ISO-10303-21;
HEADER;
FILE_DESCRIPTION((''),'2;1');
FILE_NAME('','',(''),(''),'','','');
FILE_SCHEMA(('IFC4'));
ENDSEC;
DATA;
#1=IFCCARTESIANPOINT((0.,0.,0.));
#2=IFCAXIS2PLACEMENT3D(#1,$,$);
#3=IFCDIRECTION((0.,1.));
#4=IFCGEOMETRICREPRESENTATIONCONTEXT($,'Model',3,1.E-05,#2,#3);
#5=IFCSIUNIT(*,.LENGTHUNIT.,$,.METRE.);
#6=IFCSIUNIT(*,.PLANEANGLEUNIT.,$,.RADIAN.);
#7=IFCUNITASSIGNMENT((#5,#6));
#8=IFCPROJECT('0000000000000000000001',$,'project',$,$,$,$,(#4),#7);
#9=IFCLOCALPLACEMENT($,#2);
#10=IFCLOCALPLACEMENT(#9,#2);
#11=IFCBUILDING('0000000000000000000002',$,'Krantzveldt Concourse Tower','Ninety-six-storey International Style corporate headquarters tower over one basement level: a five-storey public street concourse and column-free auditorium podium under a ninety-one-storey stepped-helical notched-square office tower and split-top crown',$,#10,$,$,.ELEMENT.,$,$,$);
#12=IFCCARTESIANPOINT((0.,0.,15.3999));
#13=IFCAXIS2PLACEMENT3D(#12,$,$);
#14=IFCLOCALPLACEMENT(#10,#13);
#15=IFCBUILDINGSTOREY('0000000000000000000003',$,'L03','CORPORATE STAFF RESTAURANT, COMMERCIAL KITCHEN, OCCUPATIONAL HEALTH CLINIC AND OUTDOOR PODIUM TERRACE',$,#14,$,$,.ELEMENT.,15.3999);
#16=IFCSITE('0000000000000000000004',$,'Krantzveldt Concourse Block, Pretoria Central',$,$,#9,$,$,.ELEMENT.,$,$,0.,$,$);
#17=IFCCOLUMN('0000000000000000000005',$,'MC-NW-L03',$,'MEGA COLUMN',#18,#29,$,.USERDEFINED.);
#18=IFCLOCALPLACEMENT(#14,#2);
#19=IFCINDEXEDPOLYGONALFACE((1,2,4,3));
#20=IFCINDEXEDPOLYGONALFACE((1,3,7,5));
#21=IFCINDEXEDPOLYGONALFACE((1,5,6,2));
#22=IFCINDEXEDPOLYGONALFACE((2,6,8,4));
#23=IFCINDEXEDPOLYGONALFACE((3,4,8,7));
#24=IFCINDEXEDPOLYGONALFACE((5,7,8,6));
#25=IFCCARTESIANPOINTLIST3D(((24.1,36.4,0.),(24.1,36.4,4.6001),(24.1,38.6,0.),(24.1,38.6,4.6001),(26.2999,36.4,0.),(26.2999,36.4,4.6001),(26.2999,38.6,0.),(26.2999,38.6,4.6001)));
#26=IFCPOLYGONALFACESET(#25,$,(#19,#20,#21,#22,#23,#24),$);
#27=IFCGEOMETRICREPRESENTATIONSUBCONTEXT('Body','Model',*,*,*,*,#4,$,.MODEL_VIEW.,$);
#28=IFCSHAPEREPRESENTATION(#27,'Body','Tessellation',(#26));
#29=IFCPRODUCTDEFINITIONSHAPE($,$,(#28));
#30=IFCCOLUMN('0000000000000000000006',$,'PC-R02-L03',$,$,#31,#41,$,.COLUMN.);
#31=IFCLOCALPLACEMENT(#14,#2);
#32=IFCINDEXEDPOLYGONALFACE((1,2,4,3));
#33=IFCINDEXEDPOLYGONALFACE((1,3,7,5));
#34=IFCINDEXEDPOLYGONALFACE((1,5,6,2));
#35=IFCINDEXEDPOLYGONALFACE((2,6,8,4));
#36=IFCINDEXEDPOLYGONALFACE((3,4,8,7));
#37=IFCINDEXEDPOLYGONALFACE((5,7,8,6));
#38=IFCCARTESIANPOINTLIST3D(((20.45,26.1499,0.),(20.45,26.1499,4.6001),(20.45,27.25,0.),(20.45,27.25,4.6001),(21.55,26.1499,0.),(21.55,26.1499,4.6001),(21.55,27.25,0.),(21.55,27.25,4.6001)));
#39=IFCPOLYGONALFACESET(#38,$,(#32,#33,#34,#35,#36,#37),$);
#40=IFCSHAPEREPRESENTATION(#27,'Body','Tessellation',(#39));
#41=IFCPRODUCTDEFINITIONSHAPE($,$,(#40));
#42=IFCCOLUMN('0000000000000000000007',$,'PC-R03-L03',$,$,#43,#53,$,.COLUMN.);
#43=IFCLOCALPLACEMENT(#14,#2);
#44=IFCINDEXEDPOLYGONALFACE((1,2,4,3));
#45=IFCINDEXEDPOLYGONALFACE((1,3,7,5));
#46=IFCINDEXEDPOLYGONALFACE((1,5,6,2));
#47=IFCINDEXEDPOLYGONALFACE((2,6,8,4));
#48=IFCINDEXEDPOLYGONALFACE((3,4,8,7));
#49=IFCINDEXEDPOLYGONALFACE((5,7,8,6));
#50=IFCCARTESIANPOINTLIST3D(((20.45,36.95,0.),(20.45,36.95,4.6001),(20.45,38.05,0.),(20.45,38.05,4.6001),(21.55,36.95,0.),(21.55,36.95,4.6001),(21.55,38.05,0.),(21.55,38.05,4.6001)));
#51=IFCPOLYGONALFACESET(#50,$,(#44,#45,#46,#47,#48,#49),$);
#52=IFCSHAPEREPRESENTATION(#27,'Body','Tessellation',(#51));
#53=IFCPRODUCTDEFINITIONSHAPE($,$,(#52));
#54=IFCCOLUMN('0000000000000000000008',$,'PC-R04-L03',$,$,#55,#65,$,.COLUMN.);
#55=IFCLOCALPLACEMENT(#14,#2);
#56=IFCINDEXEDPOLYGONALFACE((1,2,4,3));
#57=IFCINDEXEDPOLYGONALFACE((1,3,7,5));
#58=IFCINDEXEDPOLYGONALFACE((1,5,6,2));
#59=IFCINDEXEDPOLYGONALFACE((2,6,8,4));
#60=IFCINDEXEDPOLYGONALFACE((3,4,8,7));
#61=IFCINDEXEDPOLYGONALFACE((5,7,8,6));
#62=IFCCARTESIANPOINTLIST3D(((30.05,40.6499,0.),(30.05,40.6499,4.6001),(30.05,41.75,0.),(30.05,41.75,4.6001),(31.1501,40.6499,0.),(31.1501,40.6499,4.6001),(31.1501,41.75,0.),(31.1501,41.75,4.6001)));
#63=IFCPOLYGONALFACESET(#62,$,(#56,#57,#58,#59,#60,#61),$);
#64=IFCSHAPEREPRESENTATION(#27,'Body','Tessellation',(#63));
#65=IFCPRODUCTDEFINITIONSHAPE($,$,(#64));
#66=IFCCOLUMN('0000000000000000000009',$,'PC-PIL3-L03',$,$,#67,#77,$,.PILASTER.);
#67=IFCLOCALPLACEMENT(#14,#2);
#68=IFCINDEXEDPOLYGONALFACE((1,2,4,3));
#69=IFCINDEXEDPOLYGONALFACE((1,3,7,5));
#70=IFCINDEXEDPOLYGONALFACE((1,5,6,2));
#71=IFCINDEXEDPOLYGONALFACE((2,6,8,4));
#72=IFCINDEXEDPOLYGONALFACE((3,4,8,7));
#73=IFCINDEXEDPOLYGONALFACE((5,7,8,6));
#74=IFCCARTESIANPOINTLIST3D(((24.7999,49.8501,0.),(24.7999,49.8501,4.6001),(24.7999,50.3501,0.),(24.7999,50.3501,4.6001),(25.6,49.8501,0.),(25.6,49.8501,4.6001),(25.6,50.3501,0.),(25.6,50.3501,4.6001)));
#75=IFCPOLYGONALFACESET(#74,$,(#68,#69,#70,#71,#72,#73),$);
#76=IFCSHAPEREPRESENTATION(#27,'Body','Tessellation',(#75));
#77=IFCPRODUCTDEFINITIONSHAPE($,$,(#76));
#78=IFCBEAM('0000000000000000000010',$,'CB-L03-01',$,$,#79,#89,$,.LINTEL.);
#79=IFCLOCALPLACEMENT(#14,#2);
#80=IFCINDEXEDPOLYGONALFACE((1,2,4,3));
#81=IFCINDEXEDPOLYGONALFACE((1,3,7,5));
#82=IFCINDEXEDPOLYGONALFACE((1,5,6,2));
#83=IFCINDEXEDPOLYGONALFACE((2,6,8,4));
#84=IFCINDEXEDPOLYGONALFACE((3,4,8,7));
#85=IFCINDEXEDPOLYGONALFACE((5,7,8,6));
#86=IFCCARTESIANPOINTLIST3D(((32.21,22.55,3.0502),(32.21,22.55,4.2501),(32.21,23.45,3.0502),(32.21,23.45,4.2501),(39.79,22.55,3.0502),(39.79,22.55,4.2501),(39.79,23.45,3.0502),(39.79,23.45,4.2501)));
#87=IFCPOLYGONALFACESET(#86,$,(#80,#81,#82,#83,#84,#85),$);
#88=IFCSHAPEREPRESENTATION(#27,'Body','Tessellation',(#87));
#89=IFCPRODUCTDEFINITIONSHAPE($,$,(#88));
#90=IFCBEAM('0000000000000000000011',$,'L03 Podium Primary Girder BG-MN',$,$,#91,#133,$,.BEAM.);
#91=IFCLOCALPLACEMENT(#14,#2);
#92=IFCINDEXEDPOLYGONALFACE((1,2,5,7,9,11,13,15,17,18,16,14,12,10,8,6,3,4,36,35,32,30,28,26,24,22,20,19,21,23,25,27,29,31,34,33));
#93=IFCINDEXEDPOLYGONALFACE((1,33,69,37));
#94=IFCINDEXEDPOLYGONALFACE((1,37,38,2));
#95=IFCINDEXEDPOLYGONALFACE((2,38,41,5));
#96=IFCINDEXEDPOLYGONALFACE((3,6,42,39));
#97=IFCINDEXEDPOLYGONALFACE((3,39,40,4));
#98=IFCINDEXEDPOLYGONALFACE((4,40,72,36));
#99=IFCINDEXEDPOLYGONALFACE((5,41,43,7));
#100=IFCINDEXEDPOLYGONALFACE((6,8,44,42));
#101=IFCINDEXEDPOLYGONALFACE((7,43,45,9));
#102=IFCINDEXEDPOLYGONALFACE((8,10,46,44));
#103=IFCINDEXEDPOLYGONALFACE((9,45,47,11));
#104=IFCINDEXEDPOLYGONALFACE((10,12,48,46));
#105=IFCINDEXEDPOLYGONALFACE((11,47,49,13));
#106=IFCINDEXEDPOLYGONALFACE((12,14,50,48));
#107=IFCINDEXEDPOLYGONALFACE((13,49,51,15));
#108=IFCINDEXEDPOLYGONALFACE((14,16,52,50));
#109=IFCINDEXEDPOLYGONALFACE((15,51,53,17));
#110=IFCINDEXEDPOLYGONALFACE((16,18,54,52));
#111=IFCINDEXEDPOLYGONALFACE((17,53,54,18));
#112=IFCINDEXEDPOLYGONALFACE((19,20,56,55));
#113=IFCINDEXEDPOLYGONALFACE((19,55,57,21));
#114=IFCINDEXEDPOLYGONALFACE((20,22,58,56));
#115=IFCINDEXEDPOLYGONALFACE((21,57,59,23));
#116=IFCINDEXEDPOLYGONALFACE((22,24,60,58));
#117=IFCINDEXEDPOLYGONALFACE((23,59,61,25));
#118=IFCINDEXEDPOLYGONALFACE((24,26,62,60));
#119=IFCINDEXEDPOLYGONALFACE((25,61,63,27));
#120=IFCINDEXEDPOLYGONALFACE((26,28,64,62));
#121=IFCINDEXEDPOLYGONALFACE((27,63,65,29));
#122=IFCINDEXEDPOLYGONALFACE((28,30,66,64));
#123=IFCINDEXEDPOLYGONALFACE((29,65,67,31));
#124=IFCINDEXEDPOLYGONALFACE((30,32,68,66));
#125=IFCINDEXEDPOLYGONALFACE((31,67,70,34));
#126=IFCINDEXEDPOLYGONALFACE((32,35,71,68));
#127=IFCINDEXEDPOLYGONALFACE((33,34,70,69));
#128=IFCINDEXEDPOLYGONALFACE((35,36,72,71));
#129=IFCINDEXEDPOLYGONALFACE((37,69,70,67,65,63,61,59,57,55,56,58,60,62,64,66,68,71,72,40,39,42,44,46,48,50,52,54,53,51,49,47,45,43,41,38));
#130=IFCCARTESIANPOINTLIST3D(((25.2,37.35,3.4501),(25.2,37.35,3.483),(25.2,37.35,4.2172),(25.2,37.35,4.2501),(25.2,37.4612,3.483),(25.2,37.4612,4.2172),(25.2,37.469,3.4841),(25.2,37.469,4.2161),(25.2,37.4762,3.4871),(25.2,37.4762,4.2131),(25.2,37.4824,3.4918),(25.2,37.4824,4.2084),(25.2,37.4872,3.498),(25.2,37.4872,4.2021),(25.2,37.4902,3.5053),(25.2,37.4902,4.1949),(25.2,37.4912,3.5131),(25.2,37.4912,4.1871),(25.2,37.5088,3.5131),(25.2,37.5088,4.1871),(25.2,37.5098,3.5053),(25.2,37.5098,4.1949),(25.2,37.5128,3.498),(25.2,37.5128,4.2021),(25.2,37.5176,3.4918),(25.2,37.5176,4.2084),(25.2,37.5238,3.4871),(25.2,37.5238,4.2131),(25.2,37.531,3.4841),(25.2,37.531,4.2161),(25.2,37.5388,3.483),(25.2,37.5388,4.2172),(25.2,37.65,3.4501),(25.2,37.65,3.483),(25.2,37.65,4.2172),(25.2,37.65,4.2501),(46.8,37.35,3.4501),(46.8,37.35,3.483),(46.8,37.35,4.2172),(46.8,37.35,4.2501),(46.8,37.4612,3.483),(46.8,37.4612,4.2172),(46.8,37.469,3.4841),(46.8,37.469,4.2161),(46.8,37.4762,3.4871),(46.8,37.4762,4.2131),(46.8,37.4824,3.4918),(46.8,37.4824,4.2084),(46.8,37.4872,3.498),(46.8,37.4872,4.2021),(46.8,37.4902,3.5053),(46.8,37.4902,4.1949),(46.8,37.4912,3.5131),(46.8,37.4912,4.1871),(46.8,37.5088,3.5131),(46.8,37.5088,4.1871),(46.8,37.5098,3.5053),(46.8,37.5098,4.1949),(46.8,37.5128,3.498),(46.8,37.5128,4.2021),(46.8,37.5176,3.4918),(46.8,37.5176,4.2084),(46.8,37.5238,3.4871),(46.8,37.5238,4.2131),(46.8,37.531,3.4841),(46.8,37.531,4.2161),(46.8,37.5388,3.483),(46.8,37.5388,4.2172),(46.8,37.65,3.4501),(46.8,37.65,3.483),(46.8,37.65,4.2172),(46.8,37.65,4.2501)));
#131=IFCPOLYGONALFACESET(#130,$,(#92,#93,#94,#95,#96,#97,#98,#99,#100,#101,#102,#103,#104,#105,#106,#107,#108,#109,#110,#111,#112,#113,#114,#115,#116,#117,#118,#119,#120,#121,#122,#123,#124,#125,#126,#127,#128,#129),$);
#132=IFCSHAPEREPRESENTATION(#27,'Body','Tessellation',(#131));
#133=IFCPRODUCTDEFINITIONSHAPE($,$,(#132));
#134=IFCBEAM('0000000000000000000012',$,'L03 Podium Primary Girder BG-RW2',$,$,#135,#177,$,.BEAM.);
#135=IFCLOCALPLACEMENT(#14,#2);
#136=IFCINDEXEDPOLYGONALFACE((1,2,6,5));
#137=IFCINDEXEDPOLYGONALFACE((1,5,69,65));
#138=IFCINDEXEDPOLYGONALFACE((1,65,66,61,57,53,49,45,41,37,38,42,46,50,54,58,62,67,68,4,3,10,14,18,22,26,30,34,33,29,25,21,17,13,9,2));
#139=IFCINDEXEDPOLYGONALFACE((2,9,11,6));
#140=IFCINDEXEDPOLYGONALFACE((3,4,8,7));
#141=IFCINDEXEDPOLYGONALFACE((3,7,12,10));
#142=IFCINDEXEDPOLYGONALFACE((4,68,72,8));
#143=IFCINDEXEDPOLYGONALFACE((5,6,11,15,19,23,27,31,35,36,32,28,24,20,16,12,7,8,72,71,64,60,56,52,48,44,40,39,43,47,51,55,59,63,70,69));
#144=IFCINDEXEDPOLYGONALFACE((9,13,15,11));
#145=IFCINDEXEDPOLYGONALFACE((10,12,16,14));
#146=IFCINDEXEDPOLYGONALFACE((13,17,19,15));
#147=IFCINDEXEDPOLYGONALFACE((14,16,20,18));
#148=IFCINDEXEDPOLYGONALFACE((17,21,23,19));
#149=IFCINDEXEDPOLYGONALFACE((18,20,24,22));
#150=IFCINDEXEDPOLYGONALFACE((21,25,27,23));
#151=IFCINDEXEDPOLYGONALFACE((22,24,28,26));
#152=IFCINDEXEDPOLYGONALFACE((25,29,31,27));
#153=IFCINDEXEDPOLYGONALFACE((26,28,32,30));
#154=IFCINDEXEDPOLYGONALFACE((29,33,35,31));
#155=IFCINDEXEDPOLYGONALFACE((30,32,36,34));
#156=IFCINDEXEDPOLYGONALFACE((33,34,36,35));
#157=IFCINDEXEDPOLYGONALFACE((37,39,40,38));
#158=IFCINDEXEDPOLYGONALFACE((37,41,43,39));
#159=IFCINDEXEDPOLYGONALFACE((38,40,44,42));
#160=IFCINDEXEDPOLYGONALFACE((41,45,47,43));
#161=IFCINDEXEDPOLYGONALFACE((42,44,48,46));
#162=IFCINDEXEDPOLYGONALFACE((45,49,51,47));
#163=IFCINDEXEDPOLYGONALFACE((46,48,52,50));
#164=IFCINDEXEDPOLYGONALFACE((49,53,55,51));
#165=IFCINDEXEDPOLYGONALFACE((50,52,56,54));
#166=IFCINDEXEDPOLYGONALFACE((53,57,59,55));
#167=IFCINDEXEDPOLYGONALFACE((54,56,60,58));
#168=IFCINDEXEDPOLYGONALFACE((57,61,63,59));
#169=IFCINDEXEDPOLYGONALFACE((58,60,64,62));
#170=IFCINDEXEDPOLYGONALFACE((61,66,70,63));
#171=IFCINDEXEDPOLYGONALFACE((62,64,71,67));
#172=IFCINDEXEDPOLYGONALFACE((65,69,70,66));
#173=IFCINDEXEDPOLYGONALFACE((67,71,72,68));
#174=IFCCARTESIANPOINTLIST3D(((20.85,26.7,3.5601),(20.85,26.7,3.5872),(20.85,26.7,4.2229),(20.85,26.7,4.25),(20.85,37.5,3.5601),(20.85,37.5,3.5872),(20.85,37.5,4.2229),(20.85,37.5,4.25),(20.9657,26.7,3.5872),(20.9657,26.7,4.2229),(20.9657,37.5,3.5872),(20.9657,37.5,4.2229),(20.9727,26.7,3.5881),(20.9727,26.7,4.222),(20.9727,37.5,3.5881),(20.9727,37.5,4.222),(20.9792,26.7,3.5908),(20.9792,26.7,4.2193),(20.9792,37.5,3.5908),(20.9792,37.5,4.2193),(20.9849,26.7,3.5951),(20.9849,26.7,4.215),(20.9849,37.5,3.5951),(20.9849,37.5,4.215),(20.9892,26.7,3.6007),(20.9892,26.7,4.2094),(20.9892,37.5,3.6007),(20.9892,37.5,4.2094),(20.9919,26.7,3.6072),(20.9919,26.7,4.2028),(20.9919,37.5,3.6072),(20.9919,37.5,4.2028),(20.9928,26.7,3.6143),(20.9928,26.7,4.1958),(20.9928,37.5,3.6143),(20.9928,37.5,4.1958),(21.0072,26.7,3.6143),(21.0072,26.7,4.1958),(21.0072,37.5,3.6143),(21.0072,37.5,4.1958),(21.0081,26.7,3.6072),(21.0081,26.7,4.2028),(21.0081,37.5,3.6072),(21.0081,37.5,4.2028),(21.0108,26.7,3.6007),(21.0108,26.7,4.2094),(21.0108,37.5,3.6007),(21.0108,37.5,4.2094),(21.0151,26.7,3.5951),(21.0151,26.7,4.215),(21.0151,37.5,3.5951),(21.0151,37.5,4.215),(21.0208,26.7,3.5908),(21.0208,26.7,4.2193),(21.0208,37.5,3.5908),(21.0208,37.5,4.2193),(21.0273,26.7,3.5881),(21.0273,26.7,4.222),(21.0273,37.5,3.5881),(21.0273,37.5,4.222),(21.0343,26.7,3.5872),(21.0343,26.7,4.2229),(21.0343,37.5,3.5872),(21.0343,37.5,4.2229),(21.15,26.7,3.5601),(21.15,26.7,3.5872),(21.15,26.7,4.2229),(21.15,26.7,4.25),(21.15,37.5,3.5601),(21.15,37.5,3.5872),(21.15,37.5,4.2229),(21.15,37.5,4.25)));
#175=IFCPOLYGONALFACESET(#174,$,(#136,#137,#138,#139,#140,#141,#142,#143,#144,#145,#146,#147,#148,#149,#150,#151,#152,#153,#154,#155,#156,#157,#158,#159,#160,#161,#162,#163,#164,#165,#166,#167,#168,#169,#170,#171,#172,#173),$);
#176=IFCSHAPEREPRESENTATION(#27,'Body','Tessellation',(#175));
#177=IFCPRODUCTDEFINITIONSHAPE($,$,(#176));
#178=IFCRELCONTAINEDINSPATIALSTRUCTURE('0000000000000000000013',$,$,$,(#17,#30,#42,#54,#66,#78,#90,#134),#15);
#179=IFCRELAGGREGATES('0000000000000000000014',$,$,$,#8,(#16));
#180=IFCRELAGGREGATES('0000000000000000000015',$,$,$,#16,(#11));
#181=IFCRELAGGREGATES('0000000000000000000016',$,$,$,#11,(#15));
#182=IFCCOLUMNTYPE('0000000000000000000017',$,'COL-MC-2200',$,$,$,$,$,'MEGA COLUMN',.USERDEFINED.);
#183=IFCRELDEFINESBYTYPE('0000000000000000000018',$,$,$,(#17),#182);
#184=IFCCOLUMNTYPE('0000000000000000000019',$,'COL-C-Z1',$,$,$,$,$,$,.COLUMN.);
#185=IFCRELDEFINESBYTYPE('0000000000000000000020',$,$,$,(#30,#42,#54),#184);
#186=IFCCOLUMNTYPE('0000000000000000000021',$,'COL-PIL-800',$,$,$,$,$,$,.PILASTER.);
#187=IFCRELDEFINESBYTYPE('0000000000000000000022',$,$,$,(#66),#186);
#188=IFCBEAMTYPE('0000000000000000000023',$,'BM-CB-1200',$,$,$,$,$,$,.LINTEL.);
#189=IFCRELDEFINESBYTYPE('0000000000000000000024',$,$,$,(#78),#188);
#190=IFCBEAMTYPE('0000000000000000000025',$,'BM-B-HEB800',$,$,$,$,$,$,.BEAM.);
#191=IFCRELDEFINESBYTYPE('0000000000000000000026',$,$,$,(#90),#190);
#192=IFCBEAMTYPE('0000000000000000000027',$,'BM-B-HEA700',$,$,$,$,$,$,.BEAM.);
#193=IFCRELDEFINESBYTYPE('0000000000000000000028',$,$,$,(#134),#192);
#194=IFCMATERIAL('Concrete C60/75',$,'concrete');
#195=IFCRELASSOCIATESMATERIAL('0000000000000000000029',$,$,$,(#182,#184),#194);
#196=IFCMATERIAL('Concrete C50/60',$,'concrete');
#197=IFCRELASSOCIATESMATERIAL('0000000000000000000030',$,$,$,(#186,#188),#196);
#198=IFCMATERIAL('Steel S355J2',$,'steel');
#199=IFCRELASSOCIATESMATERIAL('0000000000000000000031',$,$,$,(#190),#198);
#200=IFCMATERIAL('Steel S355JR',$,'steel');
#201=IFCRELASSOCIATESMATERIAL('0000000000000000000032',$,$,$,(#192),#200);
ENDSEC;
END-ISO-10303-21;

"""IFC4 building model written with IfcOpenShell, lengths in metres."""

from ifc_helpers import new_model, si_unit, direction, frame, origin, origin_2d, place, context, subcontext, project, spatial, rectangle, i_section, extrude, source, transform, mapped, material, material_profile, profile_set, type_object, type_shapes, element, save


model = new_model("IFC4")

# Units and contexts
model_context = context("Model", 3, precision=1e-05, world=origin(), true_north=direction((0.0, 1.0)))
body_context = subcontext(model_context, "Body", "Model", "MODEL_VIEW")
ifc_project = project(units=[si_unit("LENGTHUNIT", "METRE"), si_unit("PLANEANGLEUNIT", "RADIAN")], contexts=[model_context])

# Site, building, storey
site_placement = place(None, origin())
site = spatial("IfcSite", under=ifc_project, at=site_placement, Name="Krantzveldt Concourse Block, Pretoria Central", CompositionType="ELEMENT", RefElevation=0.0)
building_placement = place(site_placement, origin())
building = spatial("IfcBuilding", under=site, at=building_placement, Name="Krantzveldt Concourse Tower", Description="Ninety-six-storey International Style corporate headquarters tower over one basement level: a five-storey public street concourse and column-free auditorium podium under a ninety-one-storey stepped-helical notched-square office tower and split-top crown", CompositionType="ELEMENT")
storey_placement = place(building_placement, frame((0.0, 0.0, 15.3999)))
storey = spatial("IfcBuildingStorey", under=building, at=storey_placement, Name="L03", Description="CORPORATE STAFF RESTAURANT, COMMERCIAL KITCHEN, OCCUPATIONAL HEALTH CLINIC AND OUTDOOR PODIUM TERRACE", CompositionType="ELEMENT", Elevation=15.3999)

# Columns
ifc_material_1 = material(Name="Concrete C60/75", Category="concrete")
ifc_material_profile_1 = material_profile(ifc_material_1, rectangle(XDim=2.2, YDim=2.2, at=origin_2d()), Name="Concrete C60/75", Category="concrete")
ifc_profile_set_1 = profile_set([ifc_material_profile_1], Name="Concrete C60/75 - RC 2200x2200")
column_type_1 = type_object("IfcColumnType", Name="COL-MC-2200", ElementType="MEGA COLUMN", PredefinedType="USERDEFINED", material=ifc_profile_set_1)
shared_shape_1 = source(origin(), body_context, "Body", "SweptSolid", [
    extrude(rectangle(XDim=2.2, YDim=2.2, at=origin_2d()), origin(), (0.0, 0.0, 1.0), 4.6001),
])
type_shapes(column_type_1, [shared_shape_1])
column_1_placement = place(storey_placement, frame((25.2, 37.5, 0.0), z_axis=(0.0, 0.0, 1.0), x_axis=(1.0, 0.0, 0.0)))
element("IfcColumn", 1, at=column_1_placement, inside=storey, type_object=column_type_1, Name="MC-NW-L03", ObjectType="MEGA COLUMN", PredefinedType="USERDEFINED", context=body_context, shape_type="MappedRepresentation", body=[
    mapped(shared_shape_1, transform((0.0, 0.0, 0.0), x_axis=(1.0, 0.0, 0.0), y_axis=(0.0, 1.0, 0.0), z_axis=(0.0, 0.0, 1.0), scale=1.0)),
])
ifc_material_profile_2 = material_profile(ifc_material_1, rectangle(XDim=1.1001, YDim=1.1001, at=origin_2d()), Name="Concrete C60/75", Category="concrete")
ifc_profile_set_2 = profile_set([ifc_material_profile_2], Name="Concrete C60/75 - RC 1100x1100")
column_type_2 = type_object("IfcColumnType", Name="COL-C-Z1", PredefinedType="COLUMN", material=ifc_profile_set_2)
shared_shape_2 = source(origin(), body_context, "Body", "SweptSolid", [
    extrude(rectangle(XDim=1.1001, YDim=1.1001, at=origin_2d()), origin(), (0.0, 0.0, 1.0), 4.6001),
])
type_shapes(column_type_2, [shared_shape_2])
for number, where, z_axis, x_axis, name in (
    (2, (21.0, 26.7, 0.0), (0.0, 0.0, 1.0), (1.0, 0.0, 0.0), "PC-R02-L03"),
    (3, (21.0, 37.5, 0.0), (0.0, 0.0, 1.0), (1.0, 0.0, 0.0), "PC-R03-L03"),
    (4, (30.6001, 41.2, 0.0), (0.0, 0.0, 1.0), (1.0, 0.0, 0.0), "PC-R04-L03"),
):
    element("IfcColumn", number, at=place(storey_placement, frame(where, z_axis=z_axis, x_axis=x_axis)), inside=storey, type_object=column_type_2, Name=name, PredefinedType="COLUMN", context=body_context, shape_type="MappedRepresentation", body=[
        mapped(shared_shape_2, transform((0.0, 0.0, 0.0), x_axis=(1.0, 0.0, 0.0), y_axis=(0.0, 1.0, 0.0), z_axis=(0.0, 0.0, 1.0), scale=1.0)),
    ])
ifc_material_2 = material(Name="Concrete C50/60", Category="concrete")
ifc_material_profile_3 = material_profile(ifc_material_2, rectangle(XDim=0.8, YDim=0.5, at=origin_2d()), Name="Concrete C50/60", Category="concrete")
ifc_profile_set_3 = profile_set([ifc_material_profile_3], Name="Concrete C50/60 - RC-PIL 800x500")
column_type_3 = type_object("IfcColumnType", Name="COL-PIL-800", PredefinedType="PILASTER", material=ifc_profile_set_3)
shared_shape_3 = source(origin(), body_context, "Body", "SweptSolid", [
    extrude(rectangle(XDim=0.8, YDim=0.5, at=origin_2d()), origin(), (0.0, 0.0, 1.0), 4.6001),
])
type_shapes(column_type_3, [shared_shape_3])
column_2_placement = place(storey_placement, frame((25.2, 50.1001, 0.0), z_axis=(0.0, 0.0, 1.0), x_axis=(1.0, 0.0, 0.0)))
element("IfcColumn", 5, at=column_2_placement, inside=storey, type_object=column_type_3, Name="PC-PIL3-L03", PredefinedType="PILASTER", context=body_context, shape_type="MappedRepresentation", body=[
    mapped(shared_shape_3, transform((0.0, 0.0, 0.0), x_axis=(1.0, 0.0, 0.0), y_axis=(0.0, 1.0, 0.0), z_axis=(0.0, 0.0, 1.0), scale=1.0)),
])

# Beams
ifc_material_profile_4 = material_profile(ifc_material_2, rectangle(XDim=0.8999, YDim=1.2, at=origin_2d()), Name="Concrete C50/60", Category="concrete")
ifc_profile_set_4 = profile_set([ifc_material_profile_4], Name="Concrete C50/60 - RC-CB 900x1200")
beam_type_1 = type_object("IfcBeamType", Name="BM-CB-1200", PredefinedType="LINTEL", material=ifc_profile_set_4)
shared_shape_4 = source(origin(), body_context, "Body", "SweptSolid", [
    extrude(rectangle(XDim=0.8999, YDim=1.2, at=origin_2d()), origin(), (0.0, 0.0, 1.0), 7.5801),
])
type_shapes(beam_type_1, [shared_shape_4])
beam_1_placement = place(storey_placement, frame((32.21, 23.0, 3.6501), z_axis=(1.0, 0.0, 0.0), x_axis=(0.0, 1.0, 0.0)))
element("IfcBeam", 6, at=beam_1_placement, inside=storey, type_object=beam_type_1, Name="CB-L03-01", PredefinedType="LINTEL", context=body_context, shape_type="MappedRepresentation", body=[
    mapped(shared_shape_4, transform((0.0, 0.0, 0.0), x_axis=(1.0, 0.0, 0.0), y_axis=(0.0, 1.0, 0.0), z_axis=(0.0, 0.0, 1.0), scale=1.0)),
])
ifc_material_3 = material(Name="Steel S355J2", Category="steel")
ifc_material_profile_5 = material_profile(ifc_material_3, i_section(OverallWidth=0.3, OverallDepth=0.8, WebThickness=0.0176, FlangeThickness=0.033, FilletRadius=0.03, at=origin_2d()), Name="Steel S355J2", Category="steel")
ifc_profile_set_5 = profile_set([ifc_material_profile_5], Name="Steel S355J2 - HEB 800")
beam_type_2 = type_object("IfcBeamType", Name="BM-B-HEB800", PredefinedType="BEAM", material=ifc_profile_set_5)
shared_shape_5 = source(origin(), body_context, "Body", "SweptSolid", [
    extrude(i_section(OverallWidth=0.3, OverallDepth=0.8, WebThickness=0.0176, FlangeThickness=0.033, FilletRadius=0.03, at=origin_2d()), origin(), (0.0, 0.0, 1.0), 21.6001),
])
type_shapes(beam_type_2, [shared_shape_5])
beam_2_placement = place(storey_placement, frame((25.2, 37.5, 3.8501), z_axis=(1.0, 0.0, 0.0), x_axis=(0.0, 1.0, 0.0)))
element("IfcBeam", 7, at=beam_2_placement, inside=storey, type_object=beam_type_2, Name="L03 Podium Primary Girder BG-MN", PredefinedType="BEAM", context=body_context, shape_type="MappedRepresentation", body=[
    mapped(shared_shape_5, transform((0.0, 0.0, 0.0), x_axis=(1.0, 0.0, 0.0), y_axis=(0.0, 1.0, 0.0), z_axis=(0.0, 0.0, 1.0), scale=1.0)),
])
ifc_material_4 = material(Name="Steel S355JR", Category="steel")
ifc_material_profile_6 = material_profile(ifc_material_4, i_section(OverallWidth=0.3, OverallDepth=0.6899, WebThickness=0.0144, FlangeThickness=0.0271, FilletRadius=0.0271, at=origin_2d()), Name="Steel S355JR", Category="steel")
ifc_profile_set_6 = profile_set([ifc_material_profile_6], Name="Steel S355JR - HEA 700")
beam_type_3 = type_object("IfcBeamType", Name="BM-B-HEA700", PredefinedType="BEAM", material=ifc_profile_set_6)
shared_shape_6 = source(origin(), body_context, "Body", "SweptSolid", [
    extrude(i_section(OverallWidth=0.3, OverallDepth=0.6899, WebThickness=0.0144, FlangeThickness=0.0271, FilletRadius=0.0271, at=origin_2d()), origin(), (0.0, 0.0, 1.0), 10.8),
])
beam_3_placement = place(storey_placement, frame((21.0, 26.7, 3.905), z_axis=(0.0, 1.0, 0.0), x_axis=(-1.0, 0.0, 0.0)))
element("IfcBeam", 8, at=beam_3_placement, inside=storey, type_object=beam_type_3, Name="L03 Podium Primary Girder BG-RW2", PredefinedType="BEAM", context=body_context, shape_type="MappedRepresentation", body=[
    mapped(shared_shape_6, transform((0.0, 0.0, 0.0), x_axis=(1.0, 0.0, 0.0), y_axis=(0.0, 1.0, 0.0), z_axis=(0.0, 0.0, 1.0), scale=1.0)),
])

save(model, "model.ifc")
